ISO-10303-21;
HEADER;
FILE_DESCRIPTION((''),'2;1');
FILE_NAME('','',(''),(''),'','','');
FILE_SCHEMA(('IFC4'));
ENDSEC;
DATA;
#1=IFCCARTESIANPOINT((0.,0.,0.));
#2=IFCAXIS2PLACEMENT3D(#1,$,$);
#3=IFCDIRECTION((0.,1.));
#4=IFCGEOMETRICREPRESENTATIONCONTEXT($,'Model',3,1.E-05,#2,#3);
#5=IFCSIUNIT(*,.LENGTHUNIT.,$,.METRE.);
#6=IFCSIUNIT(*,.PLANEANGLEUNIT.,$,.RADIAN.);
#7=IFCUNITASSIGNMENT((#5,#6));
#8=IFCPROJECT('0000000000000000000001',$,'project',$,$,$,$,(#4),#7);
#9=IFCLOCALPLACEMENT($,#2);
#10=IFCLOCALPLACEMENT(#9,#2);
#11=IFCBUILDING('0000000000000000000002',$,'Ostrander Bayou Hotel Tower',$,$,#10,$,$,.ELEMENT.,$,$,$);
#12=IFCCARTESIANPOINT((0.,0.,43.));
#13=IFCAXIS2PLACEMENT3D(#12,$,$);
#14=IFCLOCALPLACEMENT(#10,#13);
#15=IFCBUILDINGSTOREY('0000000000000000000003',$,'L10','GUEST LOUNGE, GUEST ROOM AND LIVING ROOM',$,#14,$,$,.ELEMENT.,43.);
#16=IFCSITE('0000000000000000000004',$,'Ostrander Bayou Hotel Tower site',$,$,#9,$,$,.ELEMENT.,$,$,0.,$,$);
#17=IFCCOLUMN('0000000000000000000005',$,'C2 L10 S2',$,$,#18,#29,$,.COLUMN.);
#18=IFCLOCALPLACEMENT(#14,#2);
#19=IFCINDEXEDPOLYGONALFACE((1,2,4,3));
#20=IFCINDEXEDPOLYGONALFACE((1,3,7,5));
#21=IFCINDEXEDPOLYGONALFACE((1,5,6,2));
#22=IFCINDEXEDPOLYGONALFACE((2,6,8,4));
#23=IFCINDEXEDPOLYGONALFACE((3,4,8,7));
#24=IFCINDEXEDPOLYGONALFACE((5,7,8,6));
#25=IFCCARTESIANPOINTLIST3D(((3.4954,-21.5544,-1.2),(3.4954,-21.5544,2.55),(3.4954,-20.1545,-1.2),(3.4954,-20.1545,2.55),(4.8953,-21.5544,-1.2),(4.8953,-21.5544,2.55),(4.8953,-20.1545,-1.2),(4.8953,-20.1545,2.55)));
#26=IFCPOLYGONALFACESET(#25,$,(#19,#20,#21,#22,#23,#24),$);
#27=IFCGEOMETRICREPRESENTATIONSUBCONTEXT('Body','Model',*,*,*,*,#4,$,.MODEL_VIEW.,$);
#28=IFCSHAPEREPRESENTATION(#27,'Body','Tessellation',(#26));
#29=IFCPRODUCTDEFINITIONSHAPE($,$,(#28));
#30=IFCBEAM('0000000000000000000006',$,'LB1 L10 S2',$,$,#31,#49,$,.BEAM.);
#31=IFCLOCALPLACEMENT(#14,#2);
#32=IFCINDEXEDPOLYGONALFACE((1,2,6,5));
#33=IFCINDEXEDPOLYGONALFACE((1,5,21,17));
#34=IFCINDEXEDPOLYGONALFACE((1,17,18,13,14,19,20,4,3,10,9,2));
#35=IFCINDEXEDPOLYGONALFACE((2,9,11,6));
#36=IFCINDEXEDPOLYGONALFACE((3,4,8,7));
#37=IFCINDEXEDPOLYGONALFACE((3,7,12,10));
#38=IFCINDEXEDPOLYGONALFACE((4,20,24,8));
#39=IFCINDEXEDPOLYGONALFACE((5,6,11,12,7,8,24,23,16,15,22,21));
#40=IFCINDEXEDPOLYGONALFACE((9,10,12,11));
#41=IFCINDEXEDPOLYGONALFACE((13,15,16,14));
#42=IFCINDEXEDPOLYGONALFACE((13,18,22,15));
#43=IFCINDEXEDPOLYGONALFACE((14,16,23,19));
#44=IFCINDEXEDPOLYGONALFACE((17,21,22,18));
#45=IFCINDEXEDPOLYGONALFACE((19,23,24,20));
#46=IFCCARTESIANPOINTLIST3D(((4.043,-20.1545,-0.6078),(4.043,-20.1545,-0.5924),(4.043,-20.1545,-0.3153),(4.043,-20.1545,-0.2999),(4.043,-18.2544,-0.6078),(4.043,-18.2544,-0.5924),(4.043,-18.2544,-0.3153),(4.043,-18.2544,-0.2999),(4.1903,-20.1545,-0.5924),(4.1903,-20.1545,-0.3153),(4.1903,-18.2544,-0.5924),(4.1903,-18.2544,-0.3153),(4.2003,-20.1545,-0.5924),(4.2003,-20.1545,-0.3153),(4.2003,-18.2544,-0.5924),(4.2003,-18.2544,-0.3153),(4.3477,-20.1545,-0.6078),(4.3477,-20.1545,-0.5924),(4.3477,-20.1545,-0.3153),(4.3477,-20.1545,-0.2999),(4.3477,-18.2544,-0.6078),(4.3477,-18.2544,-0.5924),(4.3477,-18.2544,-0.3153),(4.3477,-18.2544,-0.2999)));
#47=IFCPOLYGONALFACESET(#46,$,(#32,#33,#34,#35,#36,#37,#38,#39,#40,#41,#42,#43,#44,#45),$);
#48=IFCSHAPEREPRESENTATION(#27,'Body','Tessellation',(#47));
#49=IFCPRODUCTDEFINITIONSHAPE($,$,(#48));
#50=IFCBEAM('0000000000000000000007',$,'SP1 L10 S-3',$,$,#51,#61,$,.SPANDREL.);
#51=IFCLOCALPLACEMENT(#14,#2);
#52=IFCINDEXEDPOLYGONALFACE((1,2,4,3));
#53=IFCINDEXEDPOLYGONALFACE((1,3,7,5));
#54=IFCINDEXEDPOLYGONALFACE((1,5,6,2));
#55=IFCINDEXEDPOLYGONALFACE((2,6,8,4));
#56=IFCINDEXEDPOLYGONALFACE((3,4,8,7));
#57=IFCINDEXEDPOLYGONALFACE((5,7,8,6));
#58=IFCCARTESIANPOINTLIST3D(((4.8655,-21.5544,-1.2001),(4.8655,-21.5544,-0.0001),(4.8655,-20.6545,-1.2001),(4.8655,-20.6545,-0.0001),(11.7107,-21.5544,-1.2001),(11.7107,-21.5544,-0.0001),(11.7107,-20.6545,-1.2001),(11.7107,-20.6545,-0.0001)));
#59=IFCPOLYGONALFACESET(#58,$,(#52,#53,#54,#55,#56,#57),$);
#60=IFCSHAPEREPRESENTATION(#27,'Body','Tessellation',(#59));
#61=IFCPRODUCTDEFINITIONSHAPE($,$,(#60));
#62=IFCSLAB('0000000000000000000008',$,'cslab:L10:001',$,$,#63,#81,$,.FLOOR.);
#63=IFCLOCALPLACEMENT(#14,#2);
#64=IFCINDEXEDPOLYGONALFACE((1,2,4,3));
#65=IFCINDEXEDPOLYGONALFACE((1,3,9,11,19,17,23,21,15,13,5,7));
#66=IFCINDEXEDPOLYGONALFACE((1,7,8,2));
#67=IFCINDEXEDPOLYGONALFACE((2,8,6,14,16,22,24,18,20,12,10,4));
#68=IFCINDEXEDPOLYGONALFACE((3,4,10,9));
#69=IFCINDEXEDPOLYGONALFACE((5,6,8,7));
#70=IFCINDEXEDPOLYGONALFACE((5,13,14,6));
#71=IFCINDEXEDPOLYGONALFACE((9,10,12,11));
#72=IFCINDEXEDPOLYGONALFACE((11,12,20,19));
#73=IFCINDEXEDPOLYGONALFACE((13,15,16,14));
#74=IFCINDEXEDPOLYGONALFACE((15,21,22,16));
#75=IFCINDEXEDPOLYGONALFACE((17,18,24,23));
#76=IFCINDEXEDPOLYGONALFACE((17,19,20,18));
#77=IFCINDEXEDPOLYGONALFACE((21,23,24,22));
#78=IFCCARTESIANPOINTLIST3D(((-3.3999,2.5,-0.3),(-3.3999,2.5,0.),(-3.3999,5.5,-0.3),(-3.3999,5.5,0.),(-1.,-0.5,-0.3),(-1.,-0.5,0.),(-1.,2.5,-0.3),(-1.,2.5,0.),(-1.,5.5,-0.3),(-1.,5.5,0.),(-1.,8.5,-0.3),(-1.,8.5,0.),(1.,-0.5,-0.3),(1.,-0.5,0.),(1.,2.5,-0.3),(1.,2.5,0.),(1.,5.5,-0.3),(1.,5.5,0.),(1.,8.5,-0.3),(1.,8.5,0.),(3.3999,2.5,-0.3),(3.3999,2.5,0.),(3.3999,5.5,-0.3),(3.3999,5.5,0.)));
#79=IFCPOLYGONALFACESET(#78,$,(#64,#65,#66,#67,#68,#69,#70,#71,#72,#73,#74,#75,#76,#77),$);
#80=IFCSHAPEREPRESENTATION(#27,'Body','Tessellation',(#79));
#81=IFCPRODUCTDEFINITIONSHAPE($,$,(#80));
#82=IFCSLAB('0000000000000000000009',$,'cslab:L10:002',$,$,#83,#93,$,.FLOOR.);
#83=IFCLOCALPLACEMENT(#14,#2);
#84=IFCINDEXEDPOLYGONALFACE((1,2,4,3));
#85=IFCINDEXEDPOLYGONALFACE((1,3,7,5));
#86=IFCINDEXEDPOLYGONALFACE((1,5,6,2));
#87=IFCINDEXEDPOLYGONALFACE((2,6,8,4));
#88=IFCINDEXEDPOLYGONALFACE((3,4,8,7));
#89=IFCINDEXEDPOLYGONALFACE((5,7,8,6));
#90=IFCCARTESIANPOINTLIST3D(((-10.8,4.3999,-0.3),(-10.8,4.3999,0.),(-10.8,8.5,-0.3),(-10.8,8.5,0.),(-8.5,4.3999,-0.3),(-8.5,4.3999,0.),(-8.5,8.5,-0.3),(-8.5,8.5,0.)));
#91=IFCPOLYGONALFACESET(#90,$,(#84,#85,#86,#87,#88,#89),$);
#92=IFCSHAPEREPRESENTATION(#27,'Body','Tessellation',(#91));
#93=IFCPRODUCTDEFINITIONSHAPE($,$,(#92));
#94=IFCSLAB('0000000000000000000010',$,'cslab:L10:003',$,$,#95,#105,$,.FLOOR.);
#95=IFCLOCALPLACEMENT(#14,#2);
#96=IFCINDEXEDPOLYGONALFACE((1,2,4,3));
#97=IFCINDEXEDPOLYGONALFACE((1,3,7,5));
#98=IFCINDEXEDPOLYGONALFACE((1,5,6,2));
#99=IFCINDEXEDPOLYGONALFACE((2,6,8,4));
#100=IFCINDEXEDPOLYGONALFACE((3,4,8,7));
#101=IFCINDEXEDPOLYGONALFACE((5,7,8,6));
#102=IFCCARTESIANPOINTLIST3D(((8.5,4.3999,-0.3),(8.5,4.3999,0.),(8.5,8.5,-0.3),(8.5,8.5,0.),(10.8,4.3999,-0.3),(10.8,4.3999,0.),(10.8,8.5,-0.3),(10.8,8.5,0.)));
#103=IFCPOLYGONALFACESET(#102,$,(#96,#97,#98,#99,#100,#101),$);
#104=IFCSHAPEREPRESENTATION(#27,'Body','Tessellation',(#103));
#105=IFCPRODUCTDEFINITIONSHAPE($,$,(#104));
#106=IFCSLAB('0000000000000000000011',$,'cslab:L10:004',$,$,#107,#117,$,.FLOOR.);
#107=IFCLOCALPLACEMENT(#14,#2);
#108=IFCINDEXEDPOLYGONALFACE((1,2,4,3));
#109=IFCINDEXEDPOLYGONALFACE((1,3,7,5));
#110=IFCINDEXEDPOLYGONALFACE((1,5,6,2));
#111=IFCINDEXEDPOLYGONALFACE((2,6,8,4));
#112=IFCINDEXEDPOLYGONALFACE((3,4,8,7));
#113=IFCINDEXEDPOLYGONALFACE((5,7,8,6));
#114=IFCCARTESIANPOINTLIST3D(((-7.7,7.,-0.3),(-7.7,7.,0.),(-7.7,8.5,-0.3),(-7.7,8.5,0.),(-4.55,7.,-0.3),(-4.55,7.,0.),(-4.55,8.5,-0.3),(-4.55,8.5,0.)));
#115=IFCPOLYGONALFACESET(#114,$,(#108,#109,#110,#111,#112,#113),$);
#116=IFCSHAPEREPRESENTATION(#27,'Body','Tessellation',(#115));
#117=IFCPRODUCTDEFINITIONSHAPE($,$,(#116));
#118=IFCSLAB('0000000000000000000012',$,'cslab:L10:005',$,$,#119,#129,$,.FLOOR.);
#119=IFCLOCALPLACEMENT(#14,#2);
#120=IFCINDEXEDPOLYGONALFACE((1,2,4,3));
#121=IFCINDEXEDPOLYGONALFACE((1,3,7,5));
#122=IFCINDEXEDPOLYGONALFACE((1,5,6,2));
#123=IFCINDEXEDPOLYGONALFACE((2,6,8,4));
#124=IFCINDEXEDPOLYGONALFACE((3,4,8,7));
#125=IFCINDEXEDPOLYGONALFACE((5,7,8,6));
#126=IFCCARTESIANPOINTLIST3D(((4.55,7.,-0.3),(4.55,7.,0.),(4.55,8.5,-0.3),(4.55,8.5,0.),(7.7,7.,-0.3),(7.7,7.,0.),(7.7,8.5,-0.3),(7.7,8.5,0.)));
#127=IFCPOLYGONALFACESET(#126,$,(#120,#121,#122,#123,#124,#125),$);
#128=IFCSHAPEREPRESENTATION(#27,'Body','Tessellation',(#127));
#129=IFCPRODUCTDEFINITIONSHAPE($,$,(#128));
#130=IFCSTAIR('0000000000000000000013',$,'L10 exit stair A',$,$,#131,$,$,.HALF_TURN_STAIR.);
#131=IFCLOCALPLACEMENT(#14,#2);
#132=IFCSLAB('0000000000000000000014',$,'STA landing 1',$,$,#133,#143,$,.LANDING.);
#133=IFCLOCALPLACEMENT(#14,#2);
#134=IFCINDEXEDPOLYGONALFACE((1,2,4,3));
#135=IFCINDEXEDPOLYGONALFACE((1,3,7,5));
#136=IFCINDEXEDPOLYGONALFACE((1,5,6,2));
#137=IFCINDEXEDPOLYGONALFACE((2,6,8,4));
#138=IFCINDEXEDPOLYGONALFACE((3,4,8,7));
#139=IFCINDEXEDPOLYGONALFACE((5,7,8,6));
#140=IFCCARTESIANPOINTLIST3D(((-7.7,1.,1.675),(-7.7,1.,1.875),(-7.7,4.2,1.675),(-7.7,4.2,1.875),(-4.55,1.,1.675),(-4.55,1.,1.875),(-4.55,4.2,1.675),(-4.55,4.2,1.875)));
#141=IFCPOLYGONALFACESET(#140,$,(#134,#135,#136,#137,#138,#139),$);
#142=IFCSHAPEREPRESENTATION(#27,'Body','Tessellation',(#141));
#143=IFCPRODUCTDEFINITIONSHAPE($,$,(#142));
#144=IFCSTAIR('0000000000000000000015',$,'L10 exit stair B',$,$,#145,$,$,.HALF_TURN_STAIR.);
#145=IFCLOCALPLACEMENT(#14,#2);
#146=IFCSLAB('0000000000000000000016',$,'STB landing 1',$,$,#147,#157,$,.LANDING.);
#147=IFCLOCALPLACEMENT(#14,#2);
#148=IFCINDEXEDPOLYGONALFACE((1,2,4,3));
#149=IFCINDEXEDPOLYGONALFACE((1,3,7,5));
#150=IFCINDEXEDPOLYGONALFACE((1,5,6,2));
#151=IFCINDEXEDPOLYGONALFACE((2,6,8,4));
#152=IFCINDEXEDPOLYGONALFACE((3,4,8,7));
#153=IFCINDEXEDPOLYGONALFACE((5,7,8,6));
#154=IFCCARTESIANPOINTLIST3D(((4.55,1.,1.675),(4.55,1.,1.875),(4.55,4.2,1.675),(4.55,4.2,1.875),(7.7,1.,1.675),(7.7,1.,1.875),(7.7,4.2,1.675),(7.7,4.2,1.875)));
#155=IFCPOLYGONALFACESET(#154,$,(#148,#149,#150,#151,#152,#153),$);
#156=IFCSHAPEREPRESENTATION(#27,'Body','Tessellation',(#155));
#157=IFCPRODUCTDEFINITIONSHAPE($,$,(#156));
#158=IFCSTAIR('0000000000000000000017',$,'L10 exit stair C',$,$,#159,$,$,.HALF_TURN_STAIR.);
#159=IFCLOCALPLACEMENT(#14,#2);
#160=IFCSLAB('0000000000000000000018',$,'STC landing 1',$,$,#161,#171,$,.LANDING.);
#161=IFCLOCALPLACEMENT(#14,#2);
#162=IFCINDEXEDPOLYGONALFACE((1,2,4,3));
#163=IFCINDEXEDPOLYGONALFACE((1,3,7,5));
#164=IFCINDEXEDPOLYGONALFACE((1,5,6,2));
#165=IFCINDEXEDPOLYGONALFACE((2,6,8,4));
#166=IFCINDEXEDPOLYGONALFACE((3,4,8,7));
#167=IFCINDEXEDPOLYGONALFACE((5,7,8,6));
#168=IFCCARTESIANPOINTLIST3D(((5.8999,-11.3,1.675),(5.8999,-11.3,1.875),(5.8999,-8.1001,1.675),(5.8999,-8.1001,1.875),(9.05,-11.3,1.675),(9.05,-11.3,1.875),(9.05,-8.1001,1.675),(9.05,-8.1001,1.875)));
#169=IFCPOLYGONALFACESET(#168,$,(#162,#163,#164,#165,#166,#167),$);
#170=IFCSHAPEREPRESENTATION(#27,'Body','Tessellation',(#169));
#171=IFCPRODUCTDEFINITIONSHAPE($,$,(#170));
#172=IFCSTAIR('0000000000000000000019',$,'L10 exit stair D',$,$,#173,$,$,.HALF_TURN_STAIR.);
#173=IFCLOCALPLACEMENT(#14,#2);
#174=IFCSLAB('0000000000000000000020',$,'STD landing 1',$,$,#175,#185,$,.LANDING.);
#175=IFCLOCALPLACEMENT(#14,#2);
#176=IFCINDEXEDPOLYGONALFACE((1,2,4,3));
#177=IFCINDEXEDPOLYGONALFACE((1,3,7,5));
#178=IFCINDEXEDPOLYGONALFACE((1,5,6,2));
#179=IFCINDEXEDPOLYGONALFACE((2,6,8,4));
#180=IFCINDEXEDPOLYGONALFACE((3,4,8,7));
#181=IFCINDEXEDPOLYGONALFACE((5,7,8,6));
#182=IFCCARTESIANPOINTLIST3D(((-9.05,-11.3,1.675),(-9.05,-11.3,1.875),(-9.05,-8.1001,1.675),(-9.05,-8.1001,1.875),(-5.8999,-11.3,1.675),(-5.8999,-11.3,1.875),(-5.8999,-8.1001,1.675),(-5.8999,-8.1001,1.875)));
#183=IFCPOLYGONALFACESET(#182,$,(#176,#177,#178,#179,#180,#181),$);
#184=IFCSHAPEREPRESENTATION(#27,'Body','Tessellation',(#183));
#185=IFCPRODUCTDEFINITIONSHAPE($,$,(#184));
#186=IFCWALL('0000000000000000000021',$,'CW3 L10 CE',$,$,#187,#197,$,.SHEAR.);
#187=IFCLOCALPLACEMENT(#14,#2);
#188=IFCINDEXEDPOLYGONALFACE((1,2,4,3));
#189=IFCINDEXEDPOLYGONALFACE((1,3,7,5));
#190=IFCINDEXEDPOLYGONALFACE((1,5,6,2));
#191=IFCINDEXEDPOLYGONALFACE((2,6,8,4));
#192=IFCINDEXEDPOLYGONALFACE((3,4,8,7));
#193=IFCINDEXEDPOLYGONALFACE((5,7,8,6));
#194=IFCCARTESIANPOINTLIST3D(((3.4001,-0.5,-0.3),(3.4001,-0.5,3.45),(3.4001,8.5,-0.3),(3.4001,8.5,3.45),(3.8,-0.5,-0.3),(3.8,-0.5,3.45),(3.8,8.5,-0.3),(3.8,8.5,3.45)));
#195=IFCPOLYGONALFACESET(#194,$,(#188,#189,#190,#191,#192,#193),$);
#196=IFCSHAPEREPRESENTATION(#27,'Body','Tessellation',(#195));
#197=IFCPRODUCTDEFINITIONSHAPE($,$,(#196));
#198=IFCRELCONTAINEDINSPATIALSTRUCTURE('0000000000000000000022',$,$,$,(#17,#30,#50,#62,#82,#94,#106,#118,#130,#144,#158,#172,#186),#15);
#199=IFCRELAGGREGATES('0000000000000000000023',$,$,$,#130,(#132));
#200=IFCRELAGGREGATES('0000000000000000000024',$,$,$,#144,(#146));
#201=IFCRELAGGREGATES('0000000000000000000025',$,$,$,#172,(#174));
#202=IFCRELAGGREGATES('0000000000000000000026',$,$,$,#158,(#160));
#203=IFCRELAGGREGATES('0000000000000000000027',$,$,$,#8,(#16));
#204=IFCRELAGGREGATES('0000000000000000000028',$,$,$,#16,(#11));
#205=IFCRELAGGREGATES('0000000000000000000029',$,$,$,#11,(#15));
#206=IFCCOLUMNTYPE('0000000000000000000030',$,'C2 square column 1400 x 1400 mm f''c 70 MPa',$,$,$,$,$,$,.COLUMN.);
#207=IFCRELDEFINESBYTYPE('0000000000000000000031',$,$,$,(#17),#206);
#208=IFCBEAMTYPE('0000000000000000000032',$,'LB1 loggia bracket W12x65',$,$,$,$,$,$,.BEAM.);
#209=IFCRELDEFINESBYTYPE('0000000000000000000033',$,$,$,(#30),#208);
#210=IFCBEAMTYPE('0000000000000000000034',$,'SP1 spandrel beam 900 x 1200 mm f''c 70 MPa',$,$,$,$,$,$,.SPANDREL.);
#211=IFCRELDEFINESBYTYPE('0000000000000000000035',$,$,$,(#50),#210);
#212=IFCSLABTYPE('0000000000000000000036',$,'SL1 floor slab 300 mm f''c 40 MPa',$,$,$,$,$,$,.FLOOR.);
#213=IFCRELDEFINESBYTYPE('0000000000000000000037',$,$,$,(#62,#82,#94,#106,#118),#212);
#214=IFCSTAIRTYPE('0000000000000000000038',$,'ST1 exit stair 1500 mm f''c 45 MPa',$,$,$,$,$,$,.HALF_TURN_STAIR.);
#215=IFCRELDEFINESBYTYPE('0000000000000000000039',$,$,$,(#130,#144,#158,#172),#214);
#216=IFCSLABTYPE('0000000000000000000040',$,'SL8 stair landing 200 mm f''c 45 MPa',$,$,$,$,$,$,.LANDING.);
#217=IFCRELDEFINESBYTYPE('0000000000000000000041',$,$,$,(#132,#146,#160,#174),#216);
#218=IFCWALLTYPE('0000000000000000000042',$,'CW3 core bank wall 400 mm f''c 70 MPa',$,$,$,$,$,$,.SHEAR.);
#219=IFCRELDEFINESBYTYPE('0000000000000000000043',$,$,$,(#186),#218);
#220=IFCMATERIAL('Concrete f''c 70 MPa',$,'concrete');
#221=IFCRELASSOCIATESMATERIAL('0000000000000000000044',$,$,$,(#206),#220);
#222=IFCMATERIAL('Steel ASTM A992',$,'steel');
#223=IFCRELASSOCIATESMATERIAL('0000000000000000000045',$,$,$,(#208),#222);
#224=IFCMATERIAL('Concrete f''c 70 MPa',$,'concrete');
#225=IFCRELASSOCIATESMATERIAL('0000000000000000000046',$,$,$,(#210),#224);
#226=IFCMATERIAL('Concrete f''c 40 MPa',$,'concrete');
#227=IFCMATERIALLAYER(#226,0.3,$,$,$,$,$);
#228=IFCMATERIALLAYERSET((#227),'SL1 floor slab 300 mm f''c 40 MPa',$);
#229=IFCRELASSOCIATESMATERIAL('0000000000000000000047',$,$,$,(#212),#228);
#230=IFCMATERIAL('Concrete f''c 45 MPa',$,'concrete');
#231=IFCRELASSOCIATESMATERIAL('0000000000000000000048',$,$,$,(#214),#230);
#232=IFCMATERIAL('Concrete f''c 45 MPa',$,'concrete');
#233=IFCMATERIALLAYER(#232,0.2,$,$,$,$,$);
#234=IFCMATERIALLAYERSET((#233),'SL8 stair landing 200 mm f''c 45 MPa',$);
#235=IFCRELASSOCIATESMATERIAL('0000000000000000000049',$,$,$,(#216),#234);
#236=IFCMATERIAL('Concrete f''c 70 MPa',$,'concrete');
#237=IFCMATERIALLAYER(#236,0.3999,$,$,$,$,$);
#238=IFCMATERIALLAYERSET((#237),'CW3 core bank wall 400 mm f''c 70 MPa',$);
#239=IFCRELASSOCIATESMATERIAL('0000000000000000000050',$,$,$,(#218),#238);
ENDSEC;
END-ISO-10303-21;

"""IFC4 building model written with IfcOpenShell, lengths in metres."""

from ifc_helpers import new_model, si_unit, direction, frame, frame_2d, origin, origin_2d, place, context, subcontext, project, spatial, polyline, rectangle, i_section, outline, extrude, material, layer, layer_set, material_profile, profile_set, type_object, element, aggregate, save


model = new_model("IFC4")

# Units and contexts
model_context = context("Model", 3, precision=1e-05, world=origin(), true_north=direction((0.0, 1.0)))
body_context = subcontext(model_context, "Body", "Model", "MODEL_VIEW")
ifc_project = project(units=[si_unit("LENGTHUNIT", "METRE"), si_unit("PLANEANGLEUNIT", "RADIAN")], contexts=[model_context])

# Site, building, storey
site_placement = place(None, origin())
site = spatial("IfcSite", under=ifc_project, at=site_placement, Name="Ostrander Bayou Hotel Tower site", CompositionType="ELEMENT", RefElevation=0.0)
building_placement = place(site_placement, origin())
building = spatial("IfcBuilding", under=site, at=building_placement, Name="Ostrander Bayou Hotel Tower", CompositionType="ELEMENT")
storey_placement = place(building_placement, frame((0.0, 0.0, 43.0)))
storey = spatial("IfcBuildingStorey", under=building, at=storey_placement, Name="L10", Description="GUEST LOUNGE, GUEST ROOM AND LIVING ROOM", CompositionType="ELEMENT", Elevation=43.0)

# Column
ifc_material_1 = material(Name="Concrete f'c 70 MPa", Category="concrete")
ifc_material_profile_1 = material_profile(ifc_material_1, rectangle(XDim=1.3999, YDim=1.3999, at=origin_2d()))
ifc_profile_set_1 = profile_set([ifc_material_profile_1], Name="Concrete f'c 70 MPa")
column_type = type_object("IfcColumnType", Name="C2 square column 1400 x 1400 mm f'c 70 MPa", PredefinedType="COLUMN", material=ifc_profile_set_1)
column_placement = place(storey_placement, frame((4.1953, -20.8545, -1.2), z_axis=(0.0, 0.0, 1.0), x_axis=(-1.0, 0.0, 0.0)))
element("IfcColumn", 1, at=column_placement, inside=storey, type_object=column_type, Name="C2 L10 S2", PredefinedType="COLUMN", context=body_context, shape_type="SweptSolid", body=[
    extrude(rectangle(XDim=1.3999, YDim=1.3999, at=origin_2d()), origin(), (0.0, 0.0, 1.0), 3.75),
])

# Beams
ifc_material_2 = material(Name="Steel ASTM A992", Category="steel")
ifc_material_profile_2 = material_profile(ifc_material_2, i_section(OverallWidth=0.3047, OverallDepth=0.3079, WebThickness=0.01, FlangeThickness=0.0154, at=origin_2d()))
ifc_profile_set_2 = profile_set([ifc_material_profile_2], Name="Steel ASTM A992")
beam_type_1 = type_object("IfcBeamType", Name="LB1 loggia bracket W12x65", PredefinedType="BEAM", material=ifc_profile_set_2)
beam_1_placement = place(storey_placement, frame((4.1953, -20.1545, -0.4539), z_axis=(0.0, 1.0, 0.0), x_axis=(-1.0, 0.0, 0.0)))
element("IfcBeam", 2, at=beam_1_placement, inside=storey, type_object=beam_type_1, Name="LB1 L10 S2", PredefinedType="BEAM", context=body_context, shape_type="SweptSolid", body=[
    extrude(i_section(OverallWidth=0.3047, OverallDepth=0.3079, WebThickness=0.01, FlangeThickness=0.0154, at=origin_2d()), origin(), (0.0, 0.0, 1.0), 1.9001),
])
ifc_material_3 = material(Name="Concrete f'c 70 MPa", Category="concrete")
ifc_material_profile_3 = material_profile(ifc_material_3, rectangle(XDim=0.8999, YDim=1.2, at=origin_2d()))
ifc_profile_set_3 = profile_set([ifc_material_profile_3], Name="Concrete f'c 70 MPa")
beam_type_2 = type_object("IfcBeamType", Name="SP1 spandrel beam 900 x 1200 mm f'c 70 MPa", PredefinedType="SPANDREL", material=ifc_profile_set_3)
beam_2_placement = place(storey_placement, frame((4.8655, -21.1045, -0.6001), z_axis=(1.0, 0.0, 0.0), x_axis=(0.0, 1.0, 0.0)))
element("IfcBeam", 3, at=beam_2_placement, inside=storey, type_object=beam_type_2, Name="SP1 L10 S-3", PredefinedType="SPANDREL", context=body_context, shape_type="SweptSolid", body=[
    extrude(rectangle(XDim=0.8999, YDim=1.2, at=origin_2d()), origin(), (0.0, 0.0, 1.0), 6.8452),
])

# Slabs
ifc_material_4 = material(Name="Concrete f'c 40 MPa", Category="concrete")
ifc_layer_1 = layer(ifc_material_4, 0.3)
ifc_layer_set_1 = layer_set([ifc_layer_1], Name="SL1 floor slab 300 mm f'c 40 MPa")
slab_type_1 = type_object("IfcSlabType", Name="SL1 floor slab 300 mm f'c 40 MPa", PredefinedType="FLOOR", material=ifc_layer_set_1)
slab_1_placement = place(storey_placement, frame((0.0, 0.0, -0.3)))
element("IfcSlab", 4, at=slab_1_placement, inside=storey, type_object=slab_type_1, Name="cslab:L10:001", PredefinedType="FLOOR", context=body_context, shape_type="SweptSolid", body=[
    extrude(outline(polyline([(-3.3999, 5.5), (-1.0, 5.5), (-1.0, 8.5), (1.0, 8.5), (1.0, 5.5), (3.3999, 5.5), (3.3999, 2.5), (1.0, 2.5), (1.0, -0.5), (-1.0, -0.5), (-1.0, 2.5), (-3.3999, 2.5), (-3.3999, 5.5)])), origin(), (0.0, 0.0, 1.0), 0.3),
])
slab_2_placement = place(storey_placement, frame((0.0, 0.0, -0.3)))
element("IfcSlab", 5, at=slab_2_placement, inside=storey, type_object=slab_type_1, Name="cslab:L10:002", PredefinedType="FLOOR", context=body_context, shape_type="SweptSolid", body=[
    extrude(outline(polyline([(-8.5, 4.3999), (-8.5, 8.5), (-10.8, 8.5), (-10.8, 4.3999), (-8.5, 4.3999)])), origin(), (0.0, 0.0, 1.0), 0.3),
])
slab_3_placement = place(storey_placement, frame((0.0, 0.0, -0.3)))
element("IfcSlab", 6, at=slab_3_placement, inside=storey, type_object=slab_type_1, Name="cslab:L10:003", PredefinedType="FLOOR", context=body_context, shape_type="SweptSolid", body=[
    extrude(outline(polyline([(10.8, 4.3999), (10.8, 8.5), (8.5, 8.5), (8.5, 4.3999), (10.8, 4.3999)])), origin(), (0.0, 0.0, 1.0), 0.3),
])
slab_4_placement = place(storey_placement, frame((0.0, 0.0, -0.3)))
element("IfcSlab", 7, at=slab_4_placement, inside=storey, type_object=slab_type_1, Name="cslab:L10:004", PredefinedType="FLOOR", context=body_context, shape_type="SweptSolid", body=[
    extrude(outline(polyline([(-4.55, 7.0), (-4.55, 8.5), (-7.7, 8.5), (-7.7, 7.0), (-4.55, 7.0)])), origin(), (0.0, 0.0, 1.0), 0.3),
])
slab_5_placement = place(storey_placement, frame((0.0, 0.0, -0.3)))
element("IfcSlab", 8, at=slab_5_placement, inside=storey, type_object=slab_type_1, Name="cslab:L10:005", PredefinedType="FLOOR", context=body_context, shape_type="SweptSolid", body=[
    extrude(outline(polyline([(7.7, 7.0), (7.7, 8.5), (4.55, 8.5), (4.55, 7.0), (7.7, 7.0)])), origin(), (0.0, 0.0, 1.0), 0.3),
])

# Stairs, slabs
ifc_material_5 = material(Name="Concrete f'c 45 MPa", Category="concrete")
stair_type = type_object("IfcStairType", Name="ST1 exit stair 1500 mm f'c 45 MPa", PredefinedType="HALF_TURN_STAIR", material=ifc_material_5)
stair_1_placement = place(storey_placement, origin())
stair_1 = element("IfcStair", 9, at=stair_1_placement, inside=storey, type_object=stair_type, Name="L10 exit stair A", PredefinedType="HALF_TURN_STAIR")
ifc_material_6 = material(Name="Concrete f'c 45 MPa", Category="concrete")
ifc_layer_2 = layer(ifc_material_6, 0.2)
ifc_layer_set_2 = layer_set([ifc_layer_2], Name="SL8 stair landing 200 mm f'c 45 MPa")
slab_type_2 = type_object("IfcSlabType", Name="SL8 stair landing 200 mm f'c 45 MPa", PredefinedType="LANDING", material=ifc_layer_set_2)
slab_6_placement = place(storey_placement, frame((0.0, 0.0, 1.675)))
slab_6 = element("IfcSlab", 10, at=slab_6_placement, type_object=slab_type_2, Name="STA landing 1", PredefinedType="LANDING", context=body_context, shape_type="SweptSolid", body=[
    extrude(outline(polyline([(-7.7, 4.2), (-7.7, 1.0), (-4.55, 1.0), (-4.55, 4.2), (-7.7, 4.2)])), origin(), (0.0, 0.0, 1.0), 0.2),
])
aggregate(stair_1, [slab_6])
stair_2_placement = place(storey_placement, origin())
stair_2 = element("IfcStair", 11, at=stair_2_placement, inside=storey, type_object=stair_type, Name="L10 exit stair B", PredefinedType="HALF_TURN_STAIR")
slab_7_placement = place(storey_placement, frame((0.0, 0.0, 1.675)))
slab_7 = element("IfcSlab", 12, at=slab_7_placement, type_object=slab_type_2, Name="STB landing 1", PredefinedType="LANDING", context=body_context, shape_type="SweptSolid", body=[
    extrude(outline(polyline([(4.55, 4.2), (4.55, 1.0), (7.7, 1.0), (7.7, 4.2), (4.55, 4.2)])), origin(), (0.0, 0.0, 1.0), 0.2),
])
aggregate(stair_2, [slab_7])
stair_3_placement = place(storey_placement, origin())
stair_3 = element("IfcStair", 13, at=stair_3_placement, inside=storey, type_object=stair_type, Name="L10 exit stair C", PredefinedType="HALF_TURN_STAIR")
slab_8_placement = place(storey_placement, frame((0.0, 0.0, 1.675)))
slab_8 = element("IfcSlab", 14, at=slab_8_placement, type_object=slab_type_2, Name="STC landing 1", PredefinedType="LANDING", context=body_context, shape_type="SweptSolid", body=[
    extrude(outline(polyline([(5.8999, -8.1001), (5.8999, -11.3), (9.05, -11.3), (9.05, -8.1001), (5.8999, -8.1001)])), origin(), (0.0, 0.0, 1.0), 0.2),
])
stair_4_placement = place(storey_placement, origin())
stair_4 = element("IfcStair", 15, at=stair_4_placement, inside=storey, type_object=stair_type, Name="L10 exit stair D", PredefinedType="HALF_TURN_STAIR")
slab_9_placement = place(storey_placement, frame((0.0, 0.0, 1.675)))
slab_9 = element("IfcSlab", 16, at=slab_9_placement, type_object=slab_type_2, Name="STD landing 1", PredefinedType="LANDING", context=body_context, shape_type="SweptSolid", body=[
    extrude(outline(polyline([(-9.05, -8.1001), (-9.05, -11.3), (-5.8999, -11.3), (-5.8999, -8.1001), (-9.05, -8.1001)])), origin(), (0.0, 0.0, 1.0), 0.2),
])
aggregate(stair_4, [slab_9])

# Wall
ifc_material_7 = material(Name="Concrete f'c 70 MPa", Category="concrete")
ifc_layer_3 = layer(ifc_material_7, 0.3999)
ifc_layer_set_3 = layer_set([ifc_layer_3], Name="CW3 core bank wall 400 mm f'c 70 MPa")
wall_type_1 = type_object("IfcWallType", Name="CW3 core bank wall 400 mm f'c 70 MPa", PredefinedType="SHEAR", material=ifc_layer_set_3)
wall_1_placement = place(storey_placement, frame((3.6001, -0.5, -0.3), z_axis=(0.0, 0.0, 1.0), x_axis=(0.0, 1.0, 0.0)))
element("IfcWall", 17, at=wall_1_placement, inside=storey, type_object=wall_type_1, Name="CW3 L10 CE", PredefinedType="SHEAR", context=body_context, shape_type="SweptSolid", body=[
    extrude(rectangle(XDim=9.0, YDim=0.3999, at=frame_2d((4.5, 0.0))), origin(), (0.0, 0.0, 1.0), 3.75),
])

aggregate(stair_3, [slab_8])

save(model, "model.ifc")
